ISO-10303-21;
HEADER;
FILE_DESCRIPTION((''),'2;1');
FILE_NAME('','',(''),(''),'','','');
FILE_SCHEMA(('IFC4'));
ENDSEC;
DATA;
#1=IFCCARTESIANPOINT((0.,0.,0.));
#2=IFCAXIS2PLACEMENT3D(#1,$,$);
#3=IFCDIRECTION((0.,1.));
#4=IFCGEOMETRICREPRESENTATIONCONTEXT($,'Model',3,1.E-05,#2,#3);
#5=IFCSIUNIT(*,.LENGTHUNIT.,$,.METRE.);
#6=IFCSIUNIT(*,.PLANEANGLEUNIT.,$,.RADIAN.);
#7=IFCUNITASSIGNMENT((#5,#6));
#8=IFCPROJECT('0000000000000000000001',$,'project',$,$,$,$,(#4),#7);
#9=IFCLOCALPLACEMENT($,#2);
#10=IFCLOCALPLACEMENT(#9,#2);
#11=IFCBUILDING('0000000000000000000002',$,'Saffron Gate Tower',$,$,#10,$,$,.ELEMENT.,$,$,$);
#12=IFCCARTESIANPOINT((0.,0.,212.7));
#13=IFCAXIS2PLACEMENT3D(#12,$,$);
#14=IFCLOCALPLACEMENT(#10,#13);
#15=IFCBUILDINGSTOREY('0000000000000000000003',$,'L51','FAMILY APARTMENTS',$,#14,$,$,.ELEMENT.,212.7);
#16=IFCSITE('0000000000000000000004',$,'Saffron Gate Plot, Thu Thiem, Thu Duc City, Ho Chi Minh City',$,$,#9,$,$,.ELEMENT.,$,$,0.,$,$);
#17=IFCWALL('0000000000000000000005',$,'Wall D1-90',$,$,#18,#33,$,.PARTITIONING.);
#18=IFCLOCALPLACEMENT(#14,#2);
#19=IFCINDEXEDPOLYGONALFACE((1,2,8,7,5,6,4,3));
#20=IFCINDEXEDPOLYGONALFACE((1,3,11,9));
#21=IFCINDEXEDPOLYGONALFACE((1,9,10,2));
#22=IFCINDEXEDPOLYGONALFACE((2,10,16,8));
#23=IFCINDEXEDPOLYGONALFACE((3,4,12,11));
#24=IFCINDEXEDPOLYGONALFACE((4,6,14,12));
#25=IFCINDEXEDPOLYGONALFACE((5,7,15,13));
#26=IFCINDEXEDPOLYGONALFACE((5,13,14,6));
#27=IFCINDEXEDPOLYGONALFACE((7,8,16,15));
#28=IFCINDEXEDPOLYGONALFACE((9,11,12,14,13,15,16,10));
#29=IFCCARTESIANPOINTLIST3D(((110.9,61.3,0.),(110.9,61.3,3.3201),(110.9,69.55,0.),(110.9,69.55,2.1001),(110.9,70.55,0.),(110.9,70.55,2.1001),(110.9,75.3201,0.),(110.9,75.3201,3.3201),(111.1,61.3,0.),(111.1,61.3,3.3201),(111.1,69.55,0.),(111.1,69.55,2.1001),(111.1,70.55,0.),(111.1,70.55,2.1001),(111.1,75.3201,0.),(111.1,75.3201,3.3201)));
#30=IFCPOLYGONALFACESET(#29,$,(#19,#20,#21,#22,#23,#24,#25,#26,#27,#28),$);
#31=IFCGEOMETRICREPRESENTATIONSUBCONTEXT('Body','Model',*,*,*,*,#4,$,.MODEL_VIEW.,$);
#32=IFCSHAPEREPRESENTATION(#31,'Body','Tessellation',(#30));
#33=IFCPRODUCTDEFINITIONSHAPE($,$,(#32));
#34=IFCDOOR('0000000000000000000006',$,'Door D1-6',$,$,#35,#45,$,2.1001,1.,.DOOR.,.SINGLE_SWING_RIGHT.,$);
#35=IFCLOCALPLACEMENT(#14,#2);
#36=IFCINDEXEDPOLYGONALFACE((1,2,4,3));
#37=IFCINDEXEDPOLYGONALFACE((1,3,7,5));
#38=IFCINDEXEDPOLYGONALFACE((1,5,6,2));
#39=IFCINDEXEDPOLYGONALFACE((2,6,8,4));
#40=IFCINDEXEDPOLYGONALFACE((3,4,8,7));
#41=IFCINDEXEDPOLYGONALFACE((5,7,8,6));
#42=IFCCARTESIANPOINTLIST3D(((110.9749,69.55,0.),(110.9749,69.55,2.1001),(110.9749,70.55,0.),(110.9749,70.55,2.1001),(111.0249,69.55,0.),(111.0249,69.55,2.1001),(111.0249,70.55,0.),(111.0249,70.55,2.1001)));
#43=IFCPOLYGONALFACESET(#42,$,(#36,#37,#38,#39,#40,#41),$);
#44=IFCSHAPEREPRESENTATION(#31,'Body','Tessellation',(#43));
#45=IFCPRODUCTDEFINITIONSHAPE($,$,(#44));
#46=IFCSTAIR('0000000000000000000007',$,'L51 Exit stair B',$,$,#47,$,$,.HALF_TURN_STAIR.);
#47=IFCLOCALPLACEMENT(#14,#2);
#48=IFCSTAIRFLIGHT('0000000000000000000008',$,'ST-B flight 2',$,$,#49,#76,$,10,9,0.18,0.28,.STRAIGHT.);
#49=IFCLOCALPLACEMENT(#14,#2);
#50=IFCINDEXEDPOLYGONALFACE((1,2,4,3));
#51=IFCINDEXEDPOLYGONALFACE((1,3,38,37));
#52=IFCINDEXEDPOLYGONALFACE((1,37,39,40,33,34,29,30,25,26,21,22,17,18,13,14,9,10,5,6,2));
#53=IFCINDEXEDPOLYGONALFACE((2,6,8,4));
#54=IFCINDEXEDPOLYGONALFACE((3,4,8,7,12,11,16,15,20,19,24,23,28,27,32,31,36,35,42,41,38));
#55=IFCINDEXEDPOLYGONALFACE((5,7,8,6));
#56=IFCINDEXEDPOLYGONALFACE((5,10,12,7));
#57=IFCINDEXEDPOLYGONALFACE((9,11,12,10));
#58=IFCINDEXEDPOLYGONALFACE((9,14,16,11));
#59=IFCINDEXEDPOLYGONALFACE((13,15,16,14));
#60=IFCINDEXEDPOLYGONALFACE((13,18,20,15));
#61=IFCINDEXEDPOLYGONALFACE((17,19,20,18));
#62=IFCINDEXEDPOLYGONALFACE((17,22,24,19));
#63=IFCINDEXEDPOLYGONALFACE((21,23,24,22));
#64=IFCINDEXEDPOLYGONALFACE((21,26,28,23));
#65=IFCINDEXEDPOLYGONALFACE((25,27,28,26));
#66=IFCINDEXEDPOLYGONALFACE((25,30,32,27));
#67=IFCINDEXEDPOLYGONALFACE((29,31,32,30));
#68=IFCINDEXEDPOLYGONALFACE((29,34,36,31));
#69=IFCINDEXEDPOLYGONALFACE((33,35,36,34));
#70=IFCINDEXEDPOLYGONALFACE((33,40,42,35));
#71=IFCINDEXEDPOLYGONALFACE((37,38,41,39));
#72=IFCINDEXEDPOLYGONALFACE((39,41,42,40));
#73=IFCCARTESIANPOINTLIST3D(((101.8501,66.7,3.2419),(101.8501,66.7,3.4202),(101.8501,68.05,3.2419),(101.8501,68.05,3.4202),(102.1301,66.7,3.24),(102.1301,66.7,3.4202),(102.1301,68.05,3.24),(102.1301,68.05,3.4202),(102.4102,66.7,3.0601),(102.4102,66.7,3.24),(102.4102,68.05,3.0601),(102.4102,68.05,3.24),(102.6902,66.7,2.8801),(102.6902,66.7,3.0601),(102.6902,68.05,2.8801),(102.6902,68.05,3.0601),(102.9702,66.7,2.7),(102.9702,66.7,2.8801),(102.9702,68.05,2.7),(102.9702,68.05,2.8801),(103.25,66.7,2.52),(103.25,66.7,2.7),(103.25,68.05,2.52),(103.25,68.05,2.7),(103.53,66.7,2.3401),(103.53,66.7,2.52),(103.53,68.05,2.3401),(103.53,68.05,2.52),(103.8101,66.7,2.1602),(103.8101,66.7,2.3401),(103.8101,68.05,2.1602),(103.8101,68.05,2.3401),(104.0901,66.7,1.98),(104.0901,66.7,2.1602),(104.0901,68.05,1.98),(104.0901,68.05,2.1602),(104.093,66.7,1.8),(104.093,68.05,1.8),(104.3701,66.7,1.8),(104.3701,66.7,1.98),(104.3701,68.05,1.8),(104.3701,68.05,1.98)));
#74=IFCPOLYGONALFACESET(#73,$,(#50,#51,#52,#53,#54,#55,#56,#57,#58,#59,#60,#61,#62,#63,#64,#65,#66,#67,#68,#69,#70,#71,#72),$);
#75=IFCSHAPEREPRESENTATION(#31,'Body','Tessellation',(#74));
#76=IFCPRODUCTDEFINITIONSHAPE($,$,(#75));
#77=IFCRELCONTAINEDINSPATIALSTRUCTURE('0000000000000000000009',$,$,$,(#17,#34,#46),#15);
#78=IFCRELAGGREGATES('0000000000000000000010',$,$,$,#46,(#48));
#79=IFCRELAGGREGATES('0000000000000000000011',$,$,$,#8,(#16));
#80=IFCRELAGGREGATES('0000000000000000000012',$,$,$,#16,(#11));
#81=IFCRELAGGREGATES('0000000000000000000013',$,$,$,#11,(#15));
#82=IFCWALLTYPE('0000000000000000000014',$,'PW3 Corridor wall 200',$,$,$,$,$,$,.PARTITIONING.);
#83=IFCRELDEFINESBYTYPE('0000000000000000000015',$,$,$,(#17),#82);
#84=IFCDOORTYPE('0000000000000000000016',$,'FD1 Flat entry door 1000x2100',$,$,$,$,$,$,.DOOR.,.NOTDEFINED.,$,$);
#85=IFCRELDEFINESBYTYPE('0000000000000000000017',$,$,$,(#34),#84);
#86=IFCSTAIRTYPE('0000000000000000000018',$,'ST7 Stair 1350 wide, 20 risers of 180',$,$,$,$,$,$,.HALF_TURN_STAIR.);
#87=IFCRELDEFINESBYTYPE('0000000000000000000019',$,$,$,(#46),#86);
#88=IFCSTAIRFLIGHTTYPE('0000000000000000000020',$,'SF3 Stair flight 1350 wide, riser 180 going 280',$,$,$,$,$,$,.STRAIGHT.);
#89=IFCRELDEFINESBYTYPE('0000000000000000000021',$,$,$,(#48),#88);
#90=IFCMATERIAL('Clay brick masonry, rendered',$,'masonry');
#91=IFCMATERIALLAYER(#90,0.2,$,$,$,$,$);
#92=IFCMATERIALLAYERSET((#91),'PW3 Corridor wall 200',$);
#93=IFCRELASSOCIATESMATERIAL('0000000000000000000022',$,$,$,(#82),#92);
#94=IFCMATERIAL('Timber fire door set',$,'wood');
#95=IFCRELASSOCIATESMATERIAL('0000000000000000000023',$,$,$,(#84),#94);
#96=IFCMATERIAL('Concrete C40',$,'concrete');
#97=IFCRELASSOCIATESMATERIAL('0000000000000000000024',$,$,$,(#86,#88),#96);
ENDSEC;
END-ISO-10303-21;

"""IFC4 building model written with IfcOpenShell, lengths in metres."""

from ifc_helpers import new_model, si_unit, direction, frame, frame_2d, origin, place, context, subcontext, project, spatial, polyline, rectangle, outline, extrude, material, layer, layer_set, type_object, element, fill, aggregate, save


model = new_model("IFC4")

# Units and contexts
model_context = context("Model", 3, precision=1e-05, world=origin(), true_north=direction((0.0, 1.0)))
body_context = subcontext(model_context, "Body", "Model", "MODEL_VIEW")
ifc_project = project(units=[si_unit("LENGTHUNIT", "METRE"), si_unit("PLANEANGLEUNIT", "RADIAN")], contexts=[model_context])

# Site, building, storey
site_placement = place(None, origin())
site = spatial("IfcSite", under=ifc_project, at=site_placement, Name="Saffron Gate Plot, Thu Thiem, Thu Duc City, Ho Chi Minh City", CompositionType="ELEMENT", RefElevation=0.0)
building_placement = place(site_placement, origin())
building = spatial("IfcBuilding", under=site, at=building_placement, Name="Saffron Gate Tower", CompositionType="ELEMENT")
storey_placement = place(building_placement, frame((0.0, 0.0, 212.7)))
storey = spatial("IfcBuildingStorey", under=building, at=storey_placement, Name="L51", Description="FAMILY APARTMENTS", CompositionType="ELEMENT", Elevation=212.7)

# Wall, opening, door
ifc_material_1 = material(Name="Clay brick masonry, rendered", Category="masonry")
ifc_layer_1 = layer(ifc_material_1, 0.2)
ifc_layer_set_1 = layer_set([ifc_layer_1], Name="PW3 Corridor wall 200")
wall_type_1 = type_object("IfcWallType", Name="PW3 Corridor wall 200", PredefinedType="PARTITIONING", material=ifc_layer_set_1)
wall_1_placement = place(storey_placement, frame((111.0, 75.3201, 0.0), z_axis=(0.0, 0.0, 1.0), x_axis=(0.0, -1.0, 0.0)))
wall_1 = element("IfcWall", 1, at=wall_1_placement, inside=storey, type_object=wall_type_1, Name="Wall D1-90", PredefinedType="PARTITIONING", context=body_context, shape_type="SweptSolid", body=[
    extrude(rectangle(XDim=14.02, YDim=0.2, at=frame_2d((7.01, 0.0))), origin(), (0.0, 0.0, 1.0), 3.3201),
])
opening_placement = place(wall_1_placement, frame((4.77, 0.0, 0.0)))
opening = element("IfcOpeningElement", 2, at=opening_placement, cuts=wall_1, PredefinedType="OPENING", context=body_context, shape_type="SweptSolid", body=[
    extrude(rectangle(XDim=1.0, YDim=2.1001, at=frame_2d((0.5, 1.05))), frame((0.0, 0.1099, 0.0), z_axis=(0.0, -1.0, 0.0), x_axis=(1.0, 0.0, 0.0)), (0.0, 0.0, 1.0), 0.22),
])
ifc_material_2 = material(Name="Timber fire door set", Category="wood")
door_type = type_object("IfcDoorType", Name="FD1 Flat entry door 1000x2100", OperationType="NOTDEFINED", PredefinedType="DOOR", material=ifc_material_2)
door_placement = place(opening_placement, origin())
door = element("IfcDoor", 3, at=door_placement, inside=storey, type_object=door_type, Name="Door D1-6", OperationType="SINGLE_SWING_RIGHT", OverallHeight=2.1001, OverallWidth=1.0, PredefinedType="DOOR", context=body_context, shape_type="SweptSolid", body=[
    extrude(rectangle(XDim=1.0, YDim=2.1001, at=frame_2d((0.5, 1.05))), frame((0.0, 0.0249, 0.0), z_axis=(0.0, -1.0, 0.0), x_axis=(1.0, 0.0, 0.0)), (0.0, 0.0, 1.0), 0.05),
])
fill(opening, door)

# Stair, stair flight
ifc_material_3 = material(Name="Concrete C40", Category="concrete")
stair_type = type_object("IfcStairType", Name="ST7 Stair 1350 wide, 20 risers of 180", PredefinedType="HALF_TURN_STAIR", material=ifc_material_3)
stair_placement = place(storey_placement, origin())
stair = element("IfcStair", 4, at=stair_placement, inside=storey, type_object=stair_type, Name="L51 Exit stair B", PredefinedType="HALF_TURN_STAIR")
stair_flight_type = type_object("IfcStairFlightType", Name="SF3 Stair flight 1350 wide, riser 180 going 280", PredefinedType="STRAIGHT", material=ifc_material_3)
stair_flight_placement = place(storey_placement, frame((104.3701, 67.375, 1.8), z_axis=(0.0, 0.0, 1.0), x_axis=(-1.0, 0.0, 0.0)))
stair_flight = element("IfcStairFlight", 5, at=stair_flight_placement, type_object=stair_flight_type, Name="ST-B flight 2", NumberOfRisers=10, NumberOfTreads=9, PredefinedType="STRAIGHT", RiserHeight=0.18, TreadLength=0.28, context=body_context, shape_type="SweptSolid", body=[
    extrude(outline(polyline([(0.0, 0.0), (0.0, 0.1799), (0.28, 0.1799), (0.28, 0.3601), (0.5601, 0.3601), (0.5601, 0.54), (0.8401, 0.54), (0.8401, 0.72), (1.1201, 0.72), (1.1201, 0.8999), (1.3999, 0.8999), (1.3999, 1.0801), (1.6799, 1.0801), (1.6799, 1.26), (1.96, 1.26), (1.96, 1.4399), (2.24, 1.4399), (2.24, 1.6201), (2.52, 1.6201), (2.52, 1.8), (2.52, 1.4419), (0.2771, 0.0), (0.0, 0.0)])), frame((0.0, 0.675, 0.0), z_axis=(0.0, -1.0, 0.0), x_axis=(1.0, 0.0, 0.0)), (0.0, 0.0, 1.0), 1.3501),
])
aggregate(stair, [stair_flight])

save(model, "model.ifc")
